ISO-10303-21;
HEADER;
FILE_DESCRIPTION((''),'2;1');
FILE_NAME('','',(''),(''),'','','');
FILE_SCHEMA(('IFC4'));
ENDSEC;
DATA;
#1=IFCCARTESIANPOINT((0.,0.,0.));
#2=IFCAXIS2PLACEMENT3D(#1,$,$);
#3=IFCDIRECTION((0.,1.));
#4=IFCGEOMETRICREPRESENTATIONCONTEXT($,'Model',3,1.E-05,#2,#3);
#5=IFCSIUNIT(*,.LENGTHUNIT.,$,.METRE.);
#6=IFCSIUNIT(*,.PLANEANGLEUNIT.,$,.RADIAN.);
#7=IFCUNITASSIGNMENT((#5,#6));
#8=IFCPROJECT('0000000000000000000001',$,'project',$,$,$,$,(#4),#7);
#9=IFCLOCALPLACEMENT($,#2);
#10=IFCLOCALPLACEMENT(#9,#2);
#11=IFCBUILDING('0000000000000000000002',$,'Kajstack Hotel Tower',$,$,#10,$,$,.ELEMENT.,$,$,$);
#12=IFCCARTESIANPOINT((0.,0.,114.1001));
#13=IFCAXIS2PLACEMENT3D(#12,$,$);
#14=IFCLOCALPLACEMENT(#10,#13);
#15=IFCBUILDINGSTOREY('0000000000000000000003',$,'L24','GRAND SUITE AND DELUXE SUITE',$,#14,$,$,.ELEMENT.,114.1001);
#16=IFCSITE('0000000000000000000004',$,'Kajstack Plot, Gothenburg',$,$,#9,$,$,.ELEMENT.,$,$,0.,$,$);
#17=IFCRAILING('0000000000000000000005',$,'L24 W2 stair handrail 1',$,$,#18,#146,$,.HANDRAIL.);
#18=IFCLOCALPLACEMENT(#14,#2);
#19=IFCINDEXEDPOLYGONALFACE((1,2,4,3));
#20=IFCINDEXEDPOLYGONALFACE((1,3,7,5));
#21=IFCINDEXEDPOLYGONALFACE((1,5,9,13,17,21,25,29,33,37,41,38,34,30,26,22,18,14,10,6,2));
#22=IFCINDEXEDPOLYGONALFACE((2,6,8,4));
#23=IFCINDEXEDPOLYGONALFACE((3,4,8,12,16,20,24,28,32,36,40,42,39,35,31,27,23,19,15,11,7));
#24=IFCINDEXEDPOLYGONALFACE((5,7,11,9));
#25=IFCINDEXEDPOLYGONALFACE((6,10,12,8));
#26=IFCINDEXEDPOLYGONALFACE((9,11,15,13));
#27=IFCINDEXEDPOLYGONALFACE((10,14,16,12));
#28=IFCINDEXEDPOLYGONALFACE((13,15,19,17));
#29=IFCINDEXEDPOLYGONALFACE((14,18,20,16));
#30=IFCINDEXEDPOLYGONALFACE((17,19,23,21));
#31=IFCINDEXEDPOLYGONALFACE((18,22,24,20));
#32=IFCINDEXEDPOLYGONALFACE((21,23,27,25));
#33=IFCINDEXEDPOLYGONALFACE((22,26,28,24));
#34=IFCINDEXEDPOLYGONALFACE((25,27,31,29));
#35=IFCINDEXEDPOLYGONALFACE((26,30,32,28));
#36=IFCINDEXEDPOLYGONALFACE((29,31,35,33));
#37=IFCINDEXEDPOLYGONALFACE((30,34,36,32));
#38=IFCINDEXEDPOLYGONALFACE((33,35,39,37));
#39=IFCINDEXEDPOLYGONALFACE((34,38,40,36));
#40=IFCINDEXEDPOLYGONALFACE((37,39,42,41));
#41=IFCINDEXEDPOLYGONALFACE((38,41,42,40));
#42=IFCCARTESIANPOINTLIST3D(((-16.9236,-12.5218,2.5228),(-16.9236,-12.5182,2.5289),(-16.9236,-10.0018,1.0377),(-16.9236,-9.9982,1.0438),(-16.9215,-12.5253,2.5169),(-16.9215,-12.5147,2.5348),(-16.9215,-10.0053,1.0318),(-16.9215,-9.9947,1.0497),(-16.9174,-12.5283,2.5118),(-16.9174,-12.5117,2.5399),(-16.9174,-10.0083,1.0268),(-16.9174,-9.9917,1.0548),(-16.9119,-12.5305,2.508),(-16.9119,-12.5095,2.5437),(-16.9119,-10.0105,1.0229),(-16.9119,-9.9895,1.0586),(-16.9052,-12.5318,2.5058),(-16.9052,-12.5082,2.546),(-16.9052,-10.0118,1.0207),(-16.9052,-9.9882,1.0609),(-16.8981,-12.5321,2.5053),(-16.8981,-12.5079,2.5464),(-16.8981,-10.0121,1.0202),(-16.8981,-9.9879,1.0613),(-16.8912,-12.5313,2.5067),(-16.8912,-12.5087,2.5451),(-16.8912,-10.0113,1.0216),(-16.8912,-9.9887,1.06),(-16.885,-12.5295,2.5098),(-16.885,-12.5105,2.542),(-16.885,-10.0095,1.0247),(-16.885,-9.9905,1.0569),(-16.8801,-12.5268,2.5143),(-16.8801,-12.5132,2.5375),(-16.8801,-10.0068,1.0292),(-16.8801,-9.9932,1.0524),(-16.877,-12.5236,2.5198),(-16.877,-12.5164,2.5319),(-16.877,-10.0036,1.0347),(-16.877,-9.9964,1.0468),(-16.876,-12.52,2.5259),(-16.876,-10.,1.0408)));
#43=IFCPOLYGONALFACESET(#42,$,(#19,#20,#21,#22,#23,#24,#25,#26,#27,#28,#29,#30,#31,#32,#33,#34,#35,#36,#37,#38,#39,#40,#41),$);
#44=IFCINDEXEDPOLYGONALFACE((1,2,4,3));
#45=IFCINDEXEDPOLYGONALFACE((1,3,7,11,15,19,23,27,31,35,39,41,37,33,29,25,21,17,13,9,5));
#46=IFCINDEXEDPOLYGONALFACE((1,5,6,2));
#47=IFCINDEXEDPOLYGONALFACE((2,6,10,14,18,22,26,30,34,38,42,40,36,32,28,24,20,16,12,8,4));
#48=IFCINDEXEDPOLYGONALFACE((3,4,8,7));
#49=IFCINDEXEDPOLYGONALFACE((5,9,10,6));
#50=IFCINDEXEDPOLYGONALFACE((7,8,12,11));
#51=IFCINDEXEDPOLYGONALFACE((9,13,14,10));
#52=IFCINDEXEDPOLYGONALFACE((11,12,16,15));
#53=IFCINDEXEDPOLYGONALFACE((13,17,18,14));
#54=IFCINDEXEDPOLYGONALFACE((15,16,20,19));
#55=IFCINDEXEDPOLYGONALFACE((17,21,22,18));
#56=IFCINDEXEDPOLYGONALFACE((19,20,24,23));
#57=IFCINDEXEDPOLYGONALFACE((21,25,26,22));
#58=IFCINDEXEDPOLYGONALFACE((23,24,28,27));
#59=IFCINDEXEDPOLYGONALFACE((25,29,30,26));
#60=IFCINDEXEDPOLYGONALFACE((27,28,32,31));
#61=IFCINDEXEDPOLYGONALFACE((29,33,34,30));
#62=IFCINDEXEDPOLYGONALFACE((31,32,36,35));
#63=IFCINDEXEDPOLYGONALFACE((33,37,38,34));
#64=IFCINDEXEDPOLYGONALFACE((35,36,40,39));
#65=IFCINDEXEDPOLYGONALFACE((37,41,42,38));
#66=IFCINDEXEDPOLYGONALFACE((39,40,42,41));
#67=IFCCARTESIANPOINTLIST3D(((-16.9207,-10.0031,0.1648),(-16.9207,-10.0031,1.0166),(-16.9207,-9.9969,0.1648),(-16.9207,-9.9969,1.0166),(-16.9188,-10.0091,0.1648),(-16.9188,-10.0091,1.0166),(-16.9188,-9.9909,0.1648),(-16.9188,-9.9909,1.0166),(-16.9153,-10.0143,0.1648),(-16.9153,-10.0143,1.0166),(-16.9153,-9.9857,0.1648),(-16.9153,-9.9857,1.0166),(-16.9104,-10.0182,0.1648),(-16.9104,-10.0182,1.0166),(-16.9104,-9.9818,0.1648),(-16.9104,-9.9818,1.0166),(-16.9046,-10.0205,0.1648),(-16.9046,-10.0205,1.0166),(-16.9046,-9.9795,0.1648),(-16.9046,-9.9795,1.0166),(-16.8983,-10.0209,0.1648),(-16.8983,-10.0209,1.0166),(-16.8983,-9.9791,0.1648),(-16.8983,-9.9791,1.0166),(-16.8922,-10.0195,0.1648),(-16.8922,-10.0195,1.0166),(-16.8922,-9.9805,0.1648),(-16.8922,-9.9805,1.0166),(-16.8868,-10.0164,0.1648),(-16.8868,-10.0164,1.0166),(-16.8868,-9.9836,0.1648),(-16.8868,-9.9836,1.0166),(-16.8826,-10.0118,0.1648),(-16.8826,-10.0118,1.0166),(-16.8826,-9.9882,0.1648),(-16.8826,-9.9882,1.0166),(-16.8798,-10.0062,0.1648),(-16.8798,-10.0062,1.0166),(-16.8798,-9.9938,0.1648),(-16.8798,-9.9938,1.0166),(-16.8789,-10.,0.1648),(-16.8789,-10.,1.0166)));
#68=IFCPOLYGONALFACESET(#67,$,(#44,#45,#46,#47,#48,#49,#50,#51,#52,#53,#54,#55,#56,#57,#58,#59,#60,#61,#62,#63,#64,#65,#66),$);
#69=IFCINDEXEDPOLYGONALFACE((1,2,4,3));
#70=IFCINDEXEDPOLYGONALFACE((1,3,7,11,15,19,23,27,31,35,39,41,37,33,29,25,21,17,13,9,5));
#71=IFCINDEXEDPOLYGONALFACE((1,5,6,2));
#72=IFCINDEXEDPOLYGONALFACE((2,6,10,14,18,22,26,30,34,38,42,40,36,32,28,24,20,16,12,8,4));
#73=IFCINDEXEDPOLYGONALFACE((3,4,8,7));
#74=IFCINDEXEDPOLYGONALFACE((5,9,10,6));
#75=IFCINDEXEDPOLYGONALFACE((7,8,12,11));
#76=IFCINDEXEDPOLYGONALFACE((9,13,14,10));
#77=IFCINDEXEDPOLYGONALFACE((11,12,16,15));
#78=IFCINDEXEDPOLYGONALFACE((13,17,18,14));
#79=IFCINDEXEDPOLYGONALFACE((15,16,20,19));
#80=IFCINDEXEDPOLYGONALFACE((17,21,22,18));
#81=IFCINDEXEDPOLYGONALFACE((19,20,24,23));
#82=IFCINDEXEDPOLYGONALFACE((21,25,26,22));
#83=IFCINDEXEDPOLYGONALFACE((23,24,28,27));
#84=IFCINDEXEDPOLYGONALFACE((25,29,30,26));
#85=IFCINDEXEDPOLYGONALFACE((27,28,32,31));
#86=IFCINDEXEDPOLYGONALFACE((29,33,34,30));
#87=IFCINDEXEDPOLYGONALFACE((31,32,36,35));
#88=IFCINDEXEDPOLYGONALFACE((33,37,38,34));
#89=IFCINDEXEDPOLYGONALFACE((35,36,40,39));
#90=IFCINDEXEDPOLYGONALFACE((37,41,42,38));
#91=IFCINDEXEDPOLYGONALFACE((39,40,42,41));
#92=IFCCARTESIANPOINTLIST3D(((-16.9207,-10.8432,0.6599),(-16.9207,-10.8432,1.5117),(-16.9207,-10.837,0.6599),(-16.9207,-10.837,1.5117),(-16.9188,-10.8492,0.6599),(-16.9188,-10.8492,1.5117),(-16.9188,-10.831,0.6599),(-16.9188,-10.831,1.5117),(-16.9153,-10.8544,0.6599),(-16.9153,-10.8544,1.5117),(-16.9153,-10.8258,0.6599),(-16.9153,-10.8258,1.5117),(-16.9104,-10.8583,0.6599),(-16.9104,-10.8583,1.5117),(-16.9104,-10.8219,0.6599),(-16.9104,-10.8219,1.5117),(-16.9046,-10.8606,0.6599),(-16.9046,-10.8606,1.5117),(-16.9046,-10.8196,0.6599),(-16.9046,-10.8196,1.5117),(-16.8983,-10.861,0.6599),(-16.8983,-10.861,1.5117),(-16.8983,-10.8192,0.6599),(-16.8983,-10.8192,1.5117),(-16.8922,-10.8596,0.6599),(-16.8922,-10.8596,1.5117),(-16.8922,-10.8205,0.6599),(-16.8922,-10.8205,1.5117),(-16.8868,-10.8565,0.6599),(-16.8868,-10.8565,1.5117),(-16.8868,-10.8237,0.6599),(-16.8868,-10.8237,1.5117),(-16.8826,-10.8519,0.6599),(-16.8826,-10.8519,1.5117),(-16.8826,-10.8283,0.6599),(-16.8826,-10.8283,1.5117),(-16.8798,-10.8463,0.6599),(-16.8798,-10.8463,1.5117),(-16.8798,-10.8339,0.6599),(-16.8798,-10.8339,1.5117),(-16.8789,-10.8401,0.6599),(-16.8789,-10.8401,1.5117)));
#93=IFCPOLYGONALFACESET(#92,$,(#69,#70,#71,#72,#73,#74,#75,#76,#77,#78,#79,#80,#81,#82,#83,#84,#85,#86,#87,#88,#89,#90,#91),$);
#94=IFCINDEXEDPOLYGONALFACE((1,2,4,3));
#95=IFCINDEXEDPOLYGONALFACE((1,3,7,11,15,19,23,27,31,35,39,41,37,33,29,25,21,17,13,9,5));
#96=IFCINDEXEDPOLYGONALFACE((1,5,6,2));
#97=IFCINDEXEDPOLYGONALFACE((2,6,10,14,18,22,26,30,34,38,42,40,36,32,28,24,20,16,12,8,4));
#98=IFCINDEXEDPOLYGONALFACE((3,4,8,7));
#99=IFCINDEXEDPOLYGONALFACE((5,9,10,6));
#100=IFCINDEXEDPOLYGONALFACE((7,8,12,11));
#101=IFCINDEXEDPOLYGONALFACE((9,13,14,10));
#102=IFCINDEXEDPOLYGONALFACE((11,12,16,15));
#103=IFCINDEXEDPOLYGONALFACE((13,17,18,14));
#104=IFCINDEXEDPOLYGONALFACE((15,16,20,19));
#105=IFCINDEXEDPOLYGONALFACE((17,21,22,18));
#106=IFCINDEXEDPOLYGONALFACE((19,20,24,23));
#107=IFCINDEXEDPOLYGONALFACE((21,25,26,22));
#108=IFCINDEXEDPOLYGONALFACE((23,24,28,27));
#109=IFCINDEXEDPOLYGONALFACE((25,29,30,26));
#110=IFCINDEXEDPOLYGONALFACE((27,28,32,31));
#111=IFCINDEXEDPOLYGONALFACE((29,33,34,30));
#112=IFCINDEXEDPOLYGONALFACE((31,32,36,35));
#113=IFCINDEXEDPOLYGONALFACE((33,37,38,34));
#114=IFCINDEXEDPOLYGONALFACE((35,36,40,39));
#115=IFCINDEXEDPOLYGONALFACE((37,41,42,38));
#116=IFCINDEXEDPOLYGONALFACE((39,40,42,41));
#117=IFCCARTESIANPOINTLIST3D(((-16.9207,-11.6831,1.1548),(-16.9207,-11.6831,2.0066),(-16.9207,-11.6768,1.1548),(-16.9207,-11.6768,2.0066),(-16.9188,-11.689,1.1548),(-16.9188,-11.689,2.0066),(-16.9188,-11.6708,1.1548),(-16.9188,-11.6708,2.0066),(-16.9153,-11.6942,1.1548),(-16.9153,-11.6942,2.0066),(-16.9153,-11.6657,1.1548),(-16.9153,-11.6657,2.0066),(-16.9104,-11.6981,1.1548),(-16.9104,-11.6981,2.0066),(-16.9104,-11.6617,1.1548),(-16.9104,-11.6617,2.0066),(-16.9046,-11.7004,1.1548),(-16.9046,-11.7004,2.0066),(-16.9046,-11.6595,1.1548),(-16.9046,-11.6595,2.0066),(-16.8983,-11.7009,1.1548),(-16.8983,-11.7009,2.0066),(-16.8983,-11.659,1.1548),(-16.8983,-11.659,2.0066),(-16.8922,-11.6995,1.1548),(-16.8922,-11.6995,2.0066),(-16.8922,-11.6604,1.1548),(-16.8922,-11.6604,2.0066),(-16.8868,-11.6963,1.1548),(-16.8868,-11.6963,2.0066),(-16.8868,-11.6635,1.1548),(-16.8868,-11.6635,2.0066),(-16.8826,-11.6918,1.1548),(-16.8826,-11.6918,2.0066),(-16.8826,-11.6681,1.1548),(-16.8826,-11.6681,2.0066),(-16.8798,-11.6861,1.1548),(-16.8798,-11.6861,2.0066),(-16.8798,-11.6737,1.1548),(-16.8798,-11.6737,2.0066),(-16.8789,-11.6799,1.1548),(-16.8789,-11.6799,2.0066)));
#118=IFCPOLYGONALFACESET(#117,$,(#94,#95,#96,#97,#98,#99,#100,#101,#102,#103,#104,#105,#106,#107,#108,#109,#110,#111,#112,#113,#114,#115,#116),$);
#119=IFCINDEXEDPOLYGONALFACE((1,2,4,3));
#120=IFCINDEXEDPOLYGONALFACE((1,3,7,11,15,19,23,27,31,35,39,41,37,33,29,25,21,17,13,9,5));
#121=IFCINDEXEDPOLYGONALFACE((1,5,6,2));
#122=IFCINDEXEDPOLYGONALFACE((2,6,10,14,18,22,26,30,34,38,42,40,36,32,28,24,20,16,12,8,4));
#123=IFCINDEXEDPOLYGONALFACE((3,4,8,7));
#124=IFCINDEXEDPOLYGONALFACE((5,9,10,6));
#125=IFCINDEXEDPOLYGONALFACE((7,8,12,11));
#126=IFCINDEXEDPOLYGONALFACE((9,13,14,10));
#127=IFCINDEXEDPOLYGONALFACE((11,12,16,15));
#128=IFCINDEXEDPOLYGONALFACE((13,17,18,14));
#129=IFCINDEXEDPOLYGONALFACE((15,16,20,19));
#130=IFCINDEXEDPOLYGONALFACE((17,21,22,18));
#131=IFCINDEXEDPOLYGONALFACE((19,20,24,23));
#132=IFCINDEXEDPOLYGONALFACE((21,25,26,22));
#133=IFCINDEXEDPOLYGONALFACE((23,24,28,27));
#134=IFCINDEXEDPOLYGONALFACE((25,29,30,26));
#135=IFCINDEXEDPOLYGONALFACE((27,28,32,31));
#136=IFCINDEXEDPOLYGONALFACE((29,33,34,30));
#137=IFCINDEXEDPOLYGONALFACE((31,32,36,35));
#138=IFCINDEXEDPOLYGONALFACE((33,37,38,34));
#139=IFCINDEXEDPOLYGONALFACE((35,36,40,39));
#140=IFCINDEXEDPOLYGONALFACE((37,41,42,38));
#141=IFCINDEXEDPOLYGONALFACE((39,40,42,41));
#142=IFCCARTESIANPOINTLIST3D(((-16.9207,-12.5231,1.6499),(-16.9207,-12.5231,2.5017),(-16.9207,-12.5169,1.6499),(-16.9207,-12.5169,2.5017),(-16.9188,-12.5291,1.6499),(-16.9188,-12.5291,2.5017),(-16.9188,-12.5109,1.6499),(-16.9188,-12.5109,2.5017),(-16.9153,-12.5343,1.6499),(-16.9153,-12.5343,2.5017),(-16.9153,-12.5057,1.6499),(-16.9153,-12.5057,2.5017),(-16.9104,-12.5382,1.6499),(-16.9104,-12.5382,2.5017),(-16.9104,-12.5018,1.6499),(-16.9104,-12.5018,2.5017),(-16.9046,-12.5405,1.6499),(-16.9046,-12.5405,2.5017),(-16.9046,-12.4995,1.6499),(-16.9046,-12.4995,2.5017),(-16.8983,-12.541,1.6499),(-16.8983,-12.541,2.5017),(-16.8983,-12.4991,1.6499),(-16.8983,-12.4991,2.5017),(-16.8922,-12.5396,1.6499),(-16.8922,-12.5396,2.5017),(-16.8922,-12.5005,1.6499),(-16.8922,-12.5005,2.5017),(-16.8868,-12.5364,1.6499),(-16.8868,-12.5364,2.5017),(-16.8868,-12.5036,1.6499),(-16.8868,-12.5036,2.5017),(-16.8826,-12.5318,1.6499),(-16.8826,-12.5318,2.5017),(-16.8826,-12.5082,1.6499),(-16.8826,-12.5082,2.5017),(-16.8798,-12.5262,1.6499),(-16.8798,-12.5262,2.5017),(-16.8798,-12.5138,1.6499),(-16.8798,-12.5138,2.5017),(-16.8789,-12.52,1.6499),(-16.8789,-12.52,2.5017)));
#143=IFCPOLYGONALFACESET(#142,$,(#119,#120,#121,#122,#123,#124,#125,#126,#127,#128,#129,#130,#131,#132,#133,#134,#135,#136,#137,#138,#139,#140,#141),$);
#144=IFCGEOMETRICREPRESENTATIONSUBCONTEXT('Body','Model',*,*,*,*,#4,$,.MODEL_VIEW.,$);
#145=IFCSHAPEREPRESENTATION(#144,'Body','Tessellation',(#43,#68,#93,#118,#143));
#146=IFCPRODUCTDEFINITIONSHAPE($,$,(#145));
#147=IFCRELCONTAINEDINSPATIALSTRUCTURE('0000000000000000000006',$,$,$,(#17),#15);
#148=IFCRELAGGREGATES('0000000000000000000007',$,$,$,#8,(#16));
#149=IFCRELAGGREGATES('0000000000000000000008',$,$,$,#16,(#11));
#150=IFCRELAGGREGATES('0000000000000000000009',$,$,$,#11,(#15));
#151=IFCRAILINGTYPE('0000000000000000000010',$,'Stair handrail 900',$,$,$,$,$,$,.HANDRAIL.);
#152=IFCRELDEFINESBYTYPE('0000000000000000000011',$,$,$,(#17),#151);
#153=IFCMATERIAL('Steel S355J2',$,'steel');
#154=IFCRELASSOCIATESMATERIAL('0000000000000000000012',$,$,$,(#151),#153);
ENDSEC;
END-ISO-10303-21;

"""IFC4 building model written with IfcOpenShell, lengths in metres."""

from ifc_helpers import new_model, si_unit, direction, frame, origin, origin_2d, place, context, subcontext, project, spatial, circle, extrude, material, type_object, element, save


model = new_model("IFC4")

# Units and contexts
model_context = context("Model", 3, precision=1e-05, world=origin(), true_north=direction((0.0, 1.0)))
body_context = subcontext(model_context, "Body", "Model", "MODEL_VIEW")
ifc_project = project(units=[si_unit("LENGTHUNIT", "METRE"), si_unit("PLANEANGLEUNIT", "RADIAN")], contexts=[model_context])

# Site, building, storey
site_placement = place(None, origin())
site = spatial("IfcSite", under=ifc_project, at=site_placement, Name="Kajstack Plot, Gothenburg", CompositionType="ELEMENT", RefElevation=0.0)
building_placement = place(site_placement, origin())
building = spatial("IfcBuilding", under=site, at=building_placement, Name="Kajstack Hotel Tower", CompositionType="ELEMENT")
storey_placement = place(building_placement, frame((0.0, 0.0, 114.1001)))
storey = spatial("IfcBuildingStorey", under=building, at=storey_placement, Name="L24", Description="GRAND SUITE AND DELUXE SUITE", CompositionType="ELEMENT", Elevation=114.1001)

# Railing
ifc_material_1 = material(Name="Steel S355J2", Category="steel")
railing_type_1 = type_object("IfcRailingType", Name="Stair handrail 900", PredefinedType="HANDRAIL", material=ifc_material_1)
railing_1_placement = place(storey_placement, frame((-16.8999, -10.0, 0.1648)))
element("IfcRailing", 1, at=railing_1_placement, inside=storey, type_object=railing_type_1, Name="L24 W2 stair handrail 1", PredefinedType="HANDRAIL", context=body_context, shape_type="SweptSolid", body=[
    extrude(circle(Radius=0.0239, at=origin_2d()), frame((0.0, 0.0, 0.876), z_axis=(0.0, -0.861524, 0.507717), x_axis=(1.0, 0.0, 0.0)), (0.0, 0.0, 1.0), 2.925),
    extrude(circle(Radius=0.021, at=origin_2d()), origin(), (0.0, 0.0, 1.0), 0.8518),
    extrude(circle(Radius=0.021, at=origin_2d()), frame((0.0, -0.8401, 0.4951)), (0.0, 0.0, 1.0), 0.8518),
    extrude(circle(Radius=0.021, at=origin_2d()), frame((0.0, -1.6799, 0.99)), (0.0, 0.0, 1.0), 0.8518),
    extrude(circle(Radius=0.021, at=origin_2d()), frame((0.0, -2.52, 1.4851)), (0.0, 0.0, 1.0), 0.8518),
])

save(model, "model.ifc")
